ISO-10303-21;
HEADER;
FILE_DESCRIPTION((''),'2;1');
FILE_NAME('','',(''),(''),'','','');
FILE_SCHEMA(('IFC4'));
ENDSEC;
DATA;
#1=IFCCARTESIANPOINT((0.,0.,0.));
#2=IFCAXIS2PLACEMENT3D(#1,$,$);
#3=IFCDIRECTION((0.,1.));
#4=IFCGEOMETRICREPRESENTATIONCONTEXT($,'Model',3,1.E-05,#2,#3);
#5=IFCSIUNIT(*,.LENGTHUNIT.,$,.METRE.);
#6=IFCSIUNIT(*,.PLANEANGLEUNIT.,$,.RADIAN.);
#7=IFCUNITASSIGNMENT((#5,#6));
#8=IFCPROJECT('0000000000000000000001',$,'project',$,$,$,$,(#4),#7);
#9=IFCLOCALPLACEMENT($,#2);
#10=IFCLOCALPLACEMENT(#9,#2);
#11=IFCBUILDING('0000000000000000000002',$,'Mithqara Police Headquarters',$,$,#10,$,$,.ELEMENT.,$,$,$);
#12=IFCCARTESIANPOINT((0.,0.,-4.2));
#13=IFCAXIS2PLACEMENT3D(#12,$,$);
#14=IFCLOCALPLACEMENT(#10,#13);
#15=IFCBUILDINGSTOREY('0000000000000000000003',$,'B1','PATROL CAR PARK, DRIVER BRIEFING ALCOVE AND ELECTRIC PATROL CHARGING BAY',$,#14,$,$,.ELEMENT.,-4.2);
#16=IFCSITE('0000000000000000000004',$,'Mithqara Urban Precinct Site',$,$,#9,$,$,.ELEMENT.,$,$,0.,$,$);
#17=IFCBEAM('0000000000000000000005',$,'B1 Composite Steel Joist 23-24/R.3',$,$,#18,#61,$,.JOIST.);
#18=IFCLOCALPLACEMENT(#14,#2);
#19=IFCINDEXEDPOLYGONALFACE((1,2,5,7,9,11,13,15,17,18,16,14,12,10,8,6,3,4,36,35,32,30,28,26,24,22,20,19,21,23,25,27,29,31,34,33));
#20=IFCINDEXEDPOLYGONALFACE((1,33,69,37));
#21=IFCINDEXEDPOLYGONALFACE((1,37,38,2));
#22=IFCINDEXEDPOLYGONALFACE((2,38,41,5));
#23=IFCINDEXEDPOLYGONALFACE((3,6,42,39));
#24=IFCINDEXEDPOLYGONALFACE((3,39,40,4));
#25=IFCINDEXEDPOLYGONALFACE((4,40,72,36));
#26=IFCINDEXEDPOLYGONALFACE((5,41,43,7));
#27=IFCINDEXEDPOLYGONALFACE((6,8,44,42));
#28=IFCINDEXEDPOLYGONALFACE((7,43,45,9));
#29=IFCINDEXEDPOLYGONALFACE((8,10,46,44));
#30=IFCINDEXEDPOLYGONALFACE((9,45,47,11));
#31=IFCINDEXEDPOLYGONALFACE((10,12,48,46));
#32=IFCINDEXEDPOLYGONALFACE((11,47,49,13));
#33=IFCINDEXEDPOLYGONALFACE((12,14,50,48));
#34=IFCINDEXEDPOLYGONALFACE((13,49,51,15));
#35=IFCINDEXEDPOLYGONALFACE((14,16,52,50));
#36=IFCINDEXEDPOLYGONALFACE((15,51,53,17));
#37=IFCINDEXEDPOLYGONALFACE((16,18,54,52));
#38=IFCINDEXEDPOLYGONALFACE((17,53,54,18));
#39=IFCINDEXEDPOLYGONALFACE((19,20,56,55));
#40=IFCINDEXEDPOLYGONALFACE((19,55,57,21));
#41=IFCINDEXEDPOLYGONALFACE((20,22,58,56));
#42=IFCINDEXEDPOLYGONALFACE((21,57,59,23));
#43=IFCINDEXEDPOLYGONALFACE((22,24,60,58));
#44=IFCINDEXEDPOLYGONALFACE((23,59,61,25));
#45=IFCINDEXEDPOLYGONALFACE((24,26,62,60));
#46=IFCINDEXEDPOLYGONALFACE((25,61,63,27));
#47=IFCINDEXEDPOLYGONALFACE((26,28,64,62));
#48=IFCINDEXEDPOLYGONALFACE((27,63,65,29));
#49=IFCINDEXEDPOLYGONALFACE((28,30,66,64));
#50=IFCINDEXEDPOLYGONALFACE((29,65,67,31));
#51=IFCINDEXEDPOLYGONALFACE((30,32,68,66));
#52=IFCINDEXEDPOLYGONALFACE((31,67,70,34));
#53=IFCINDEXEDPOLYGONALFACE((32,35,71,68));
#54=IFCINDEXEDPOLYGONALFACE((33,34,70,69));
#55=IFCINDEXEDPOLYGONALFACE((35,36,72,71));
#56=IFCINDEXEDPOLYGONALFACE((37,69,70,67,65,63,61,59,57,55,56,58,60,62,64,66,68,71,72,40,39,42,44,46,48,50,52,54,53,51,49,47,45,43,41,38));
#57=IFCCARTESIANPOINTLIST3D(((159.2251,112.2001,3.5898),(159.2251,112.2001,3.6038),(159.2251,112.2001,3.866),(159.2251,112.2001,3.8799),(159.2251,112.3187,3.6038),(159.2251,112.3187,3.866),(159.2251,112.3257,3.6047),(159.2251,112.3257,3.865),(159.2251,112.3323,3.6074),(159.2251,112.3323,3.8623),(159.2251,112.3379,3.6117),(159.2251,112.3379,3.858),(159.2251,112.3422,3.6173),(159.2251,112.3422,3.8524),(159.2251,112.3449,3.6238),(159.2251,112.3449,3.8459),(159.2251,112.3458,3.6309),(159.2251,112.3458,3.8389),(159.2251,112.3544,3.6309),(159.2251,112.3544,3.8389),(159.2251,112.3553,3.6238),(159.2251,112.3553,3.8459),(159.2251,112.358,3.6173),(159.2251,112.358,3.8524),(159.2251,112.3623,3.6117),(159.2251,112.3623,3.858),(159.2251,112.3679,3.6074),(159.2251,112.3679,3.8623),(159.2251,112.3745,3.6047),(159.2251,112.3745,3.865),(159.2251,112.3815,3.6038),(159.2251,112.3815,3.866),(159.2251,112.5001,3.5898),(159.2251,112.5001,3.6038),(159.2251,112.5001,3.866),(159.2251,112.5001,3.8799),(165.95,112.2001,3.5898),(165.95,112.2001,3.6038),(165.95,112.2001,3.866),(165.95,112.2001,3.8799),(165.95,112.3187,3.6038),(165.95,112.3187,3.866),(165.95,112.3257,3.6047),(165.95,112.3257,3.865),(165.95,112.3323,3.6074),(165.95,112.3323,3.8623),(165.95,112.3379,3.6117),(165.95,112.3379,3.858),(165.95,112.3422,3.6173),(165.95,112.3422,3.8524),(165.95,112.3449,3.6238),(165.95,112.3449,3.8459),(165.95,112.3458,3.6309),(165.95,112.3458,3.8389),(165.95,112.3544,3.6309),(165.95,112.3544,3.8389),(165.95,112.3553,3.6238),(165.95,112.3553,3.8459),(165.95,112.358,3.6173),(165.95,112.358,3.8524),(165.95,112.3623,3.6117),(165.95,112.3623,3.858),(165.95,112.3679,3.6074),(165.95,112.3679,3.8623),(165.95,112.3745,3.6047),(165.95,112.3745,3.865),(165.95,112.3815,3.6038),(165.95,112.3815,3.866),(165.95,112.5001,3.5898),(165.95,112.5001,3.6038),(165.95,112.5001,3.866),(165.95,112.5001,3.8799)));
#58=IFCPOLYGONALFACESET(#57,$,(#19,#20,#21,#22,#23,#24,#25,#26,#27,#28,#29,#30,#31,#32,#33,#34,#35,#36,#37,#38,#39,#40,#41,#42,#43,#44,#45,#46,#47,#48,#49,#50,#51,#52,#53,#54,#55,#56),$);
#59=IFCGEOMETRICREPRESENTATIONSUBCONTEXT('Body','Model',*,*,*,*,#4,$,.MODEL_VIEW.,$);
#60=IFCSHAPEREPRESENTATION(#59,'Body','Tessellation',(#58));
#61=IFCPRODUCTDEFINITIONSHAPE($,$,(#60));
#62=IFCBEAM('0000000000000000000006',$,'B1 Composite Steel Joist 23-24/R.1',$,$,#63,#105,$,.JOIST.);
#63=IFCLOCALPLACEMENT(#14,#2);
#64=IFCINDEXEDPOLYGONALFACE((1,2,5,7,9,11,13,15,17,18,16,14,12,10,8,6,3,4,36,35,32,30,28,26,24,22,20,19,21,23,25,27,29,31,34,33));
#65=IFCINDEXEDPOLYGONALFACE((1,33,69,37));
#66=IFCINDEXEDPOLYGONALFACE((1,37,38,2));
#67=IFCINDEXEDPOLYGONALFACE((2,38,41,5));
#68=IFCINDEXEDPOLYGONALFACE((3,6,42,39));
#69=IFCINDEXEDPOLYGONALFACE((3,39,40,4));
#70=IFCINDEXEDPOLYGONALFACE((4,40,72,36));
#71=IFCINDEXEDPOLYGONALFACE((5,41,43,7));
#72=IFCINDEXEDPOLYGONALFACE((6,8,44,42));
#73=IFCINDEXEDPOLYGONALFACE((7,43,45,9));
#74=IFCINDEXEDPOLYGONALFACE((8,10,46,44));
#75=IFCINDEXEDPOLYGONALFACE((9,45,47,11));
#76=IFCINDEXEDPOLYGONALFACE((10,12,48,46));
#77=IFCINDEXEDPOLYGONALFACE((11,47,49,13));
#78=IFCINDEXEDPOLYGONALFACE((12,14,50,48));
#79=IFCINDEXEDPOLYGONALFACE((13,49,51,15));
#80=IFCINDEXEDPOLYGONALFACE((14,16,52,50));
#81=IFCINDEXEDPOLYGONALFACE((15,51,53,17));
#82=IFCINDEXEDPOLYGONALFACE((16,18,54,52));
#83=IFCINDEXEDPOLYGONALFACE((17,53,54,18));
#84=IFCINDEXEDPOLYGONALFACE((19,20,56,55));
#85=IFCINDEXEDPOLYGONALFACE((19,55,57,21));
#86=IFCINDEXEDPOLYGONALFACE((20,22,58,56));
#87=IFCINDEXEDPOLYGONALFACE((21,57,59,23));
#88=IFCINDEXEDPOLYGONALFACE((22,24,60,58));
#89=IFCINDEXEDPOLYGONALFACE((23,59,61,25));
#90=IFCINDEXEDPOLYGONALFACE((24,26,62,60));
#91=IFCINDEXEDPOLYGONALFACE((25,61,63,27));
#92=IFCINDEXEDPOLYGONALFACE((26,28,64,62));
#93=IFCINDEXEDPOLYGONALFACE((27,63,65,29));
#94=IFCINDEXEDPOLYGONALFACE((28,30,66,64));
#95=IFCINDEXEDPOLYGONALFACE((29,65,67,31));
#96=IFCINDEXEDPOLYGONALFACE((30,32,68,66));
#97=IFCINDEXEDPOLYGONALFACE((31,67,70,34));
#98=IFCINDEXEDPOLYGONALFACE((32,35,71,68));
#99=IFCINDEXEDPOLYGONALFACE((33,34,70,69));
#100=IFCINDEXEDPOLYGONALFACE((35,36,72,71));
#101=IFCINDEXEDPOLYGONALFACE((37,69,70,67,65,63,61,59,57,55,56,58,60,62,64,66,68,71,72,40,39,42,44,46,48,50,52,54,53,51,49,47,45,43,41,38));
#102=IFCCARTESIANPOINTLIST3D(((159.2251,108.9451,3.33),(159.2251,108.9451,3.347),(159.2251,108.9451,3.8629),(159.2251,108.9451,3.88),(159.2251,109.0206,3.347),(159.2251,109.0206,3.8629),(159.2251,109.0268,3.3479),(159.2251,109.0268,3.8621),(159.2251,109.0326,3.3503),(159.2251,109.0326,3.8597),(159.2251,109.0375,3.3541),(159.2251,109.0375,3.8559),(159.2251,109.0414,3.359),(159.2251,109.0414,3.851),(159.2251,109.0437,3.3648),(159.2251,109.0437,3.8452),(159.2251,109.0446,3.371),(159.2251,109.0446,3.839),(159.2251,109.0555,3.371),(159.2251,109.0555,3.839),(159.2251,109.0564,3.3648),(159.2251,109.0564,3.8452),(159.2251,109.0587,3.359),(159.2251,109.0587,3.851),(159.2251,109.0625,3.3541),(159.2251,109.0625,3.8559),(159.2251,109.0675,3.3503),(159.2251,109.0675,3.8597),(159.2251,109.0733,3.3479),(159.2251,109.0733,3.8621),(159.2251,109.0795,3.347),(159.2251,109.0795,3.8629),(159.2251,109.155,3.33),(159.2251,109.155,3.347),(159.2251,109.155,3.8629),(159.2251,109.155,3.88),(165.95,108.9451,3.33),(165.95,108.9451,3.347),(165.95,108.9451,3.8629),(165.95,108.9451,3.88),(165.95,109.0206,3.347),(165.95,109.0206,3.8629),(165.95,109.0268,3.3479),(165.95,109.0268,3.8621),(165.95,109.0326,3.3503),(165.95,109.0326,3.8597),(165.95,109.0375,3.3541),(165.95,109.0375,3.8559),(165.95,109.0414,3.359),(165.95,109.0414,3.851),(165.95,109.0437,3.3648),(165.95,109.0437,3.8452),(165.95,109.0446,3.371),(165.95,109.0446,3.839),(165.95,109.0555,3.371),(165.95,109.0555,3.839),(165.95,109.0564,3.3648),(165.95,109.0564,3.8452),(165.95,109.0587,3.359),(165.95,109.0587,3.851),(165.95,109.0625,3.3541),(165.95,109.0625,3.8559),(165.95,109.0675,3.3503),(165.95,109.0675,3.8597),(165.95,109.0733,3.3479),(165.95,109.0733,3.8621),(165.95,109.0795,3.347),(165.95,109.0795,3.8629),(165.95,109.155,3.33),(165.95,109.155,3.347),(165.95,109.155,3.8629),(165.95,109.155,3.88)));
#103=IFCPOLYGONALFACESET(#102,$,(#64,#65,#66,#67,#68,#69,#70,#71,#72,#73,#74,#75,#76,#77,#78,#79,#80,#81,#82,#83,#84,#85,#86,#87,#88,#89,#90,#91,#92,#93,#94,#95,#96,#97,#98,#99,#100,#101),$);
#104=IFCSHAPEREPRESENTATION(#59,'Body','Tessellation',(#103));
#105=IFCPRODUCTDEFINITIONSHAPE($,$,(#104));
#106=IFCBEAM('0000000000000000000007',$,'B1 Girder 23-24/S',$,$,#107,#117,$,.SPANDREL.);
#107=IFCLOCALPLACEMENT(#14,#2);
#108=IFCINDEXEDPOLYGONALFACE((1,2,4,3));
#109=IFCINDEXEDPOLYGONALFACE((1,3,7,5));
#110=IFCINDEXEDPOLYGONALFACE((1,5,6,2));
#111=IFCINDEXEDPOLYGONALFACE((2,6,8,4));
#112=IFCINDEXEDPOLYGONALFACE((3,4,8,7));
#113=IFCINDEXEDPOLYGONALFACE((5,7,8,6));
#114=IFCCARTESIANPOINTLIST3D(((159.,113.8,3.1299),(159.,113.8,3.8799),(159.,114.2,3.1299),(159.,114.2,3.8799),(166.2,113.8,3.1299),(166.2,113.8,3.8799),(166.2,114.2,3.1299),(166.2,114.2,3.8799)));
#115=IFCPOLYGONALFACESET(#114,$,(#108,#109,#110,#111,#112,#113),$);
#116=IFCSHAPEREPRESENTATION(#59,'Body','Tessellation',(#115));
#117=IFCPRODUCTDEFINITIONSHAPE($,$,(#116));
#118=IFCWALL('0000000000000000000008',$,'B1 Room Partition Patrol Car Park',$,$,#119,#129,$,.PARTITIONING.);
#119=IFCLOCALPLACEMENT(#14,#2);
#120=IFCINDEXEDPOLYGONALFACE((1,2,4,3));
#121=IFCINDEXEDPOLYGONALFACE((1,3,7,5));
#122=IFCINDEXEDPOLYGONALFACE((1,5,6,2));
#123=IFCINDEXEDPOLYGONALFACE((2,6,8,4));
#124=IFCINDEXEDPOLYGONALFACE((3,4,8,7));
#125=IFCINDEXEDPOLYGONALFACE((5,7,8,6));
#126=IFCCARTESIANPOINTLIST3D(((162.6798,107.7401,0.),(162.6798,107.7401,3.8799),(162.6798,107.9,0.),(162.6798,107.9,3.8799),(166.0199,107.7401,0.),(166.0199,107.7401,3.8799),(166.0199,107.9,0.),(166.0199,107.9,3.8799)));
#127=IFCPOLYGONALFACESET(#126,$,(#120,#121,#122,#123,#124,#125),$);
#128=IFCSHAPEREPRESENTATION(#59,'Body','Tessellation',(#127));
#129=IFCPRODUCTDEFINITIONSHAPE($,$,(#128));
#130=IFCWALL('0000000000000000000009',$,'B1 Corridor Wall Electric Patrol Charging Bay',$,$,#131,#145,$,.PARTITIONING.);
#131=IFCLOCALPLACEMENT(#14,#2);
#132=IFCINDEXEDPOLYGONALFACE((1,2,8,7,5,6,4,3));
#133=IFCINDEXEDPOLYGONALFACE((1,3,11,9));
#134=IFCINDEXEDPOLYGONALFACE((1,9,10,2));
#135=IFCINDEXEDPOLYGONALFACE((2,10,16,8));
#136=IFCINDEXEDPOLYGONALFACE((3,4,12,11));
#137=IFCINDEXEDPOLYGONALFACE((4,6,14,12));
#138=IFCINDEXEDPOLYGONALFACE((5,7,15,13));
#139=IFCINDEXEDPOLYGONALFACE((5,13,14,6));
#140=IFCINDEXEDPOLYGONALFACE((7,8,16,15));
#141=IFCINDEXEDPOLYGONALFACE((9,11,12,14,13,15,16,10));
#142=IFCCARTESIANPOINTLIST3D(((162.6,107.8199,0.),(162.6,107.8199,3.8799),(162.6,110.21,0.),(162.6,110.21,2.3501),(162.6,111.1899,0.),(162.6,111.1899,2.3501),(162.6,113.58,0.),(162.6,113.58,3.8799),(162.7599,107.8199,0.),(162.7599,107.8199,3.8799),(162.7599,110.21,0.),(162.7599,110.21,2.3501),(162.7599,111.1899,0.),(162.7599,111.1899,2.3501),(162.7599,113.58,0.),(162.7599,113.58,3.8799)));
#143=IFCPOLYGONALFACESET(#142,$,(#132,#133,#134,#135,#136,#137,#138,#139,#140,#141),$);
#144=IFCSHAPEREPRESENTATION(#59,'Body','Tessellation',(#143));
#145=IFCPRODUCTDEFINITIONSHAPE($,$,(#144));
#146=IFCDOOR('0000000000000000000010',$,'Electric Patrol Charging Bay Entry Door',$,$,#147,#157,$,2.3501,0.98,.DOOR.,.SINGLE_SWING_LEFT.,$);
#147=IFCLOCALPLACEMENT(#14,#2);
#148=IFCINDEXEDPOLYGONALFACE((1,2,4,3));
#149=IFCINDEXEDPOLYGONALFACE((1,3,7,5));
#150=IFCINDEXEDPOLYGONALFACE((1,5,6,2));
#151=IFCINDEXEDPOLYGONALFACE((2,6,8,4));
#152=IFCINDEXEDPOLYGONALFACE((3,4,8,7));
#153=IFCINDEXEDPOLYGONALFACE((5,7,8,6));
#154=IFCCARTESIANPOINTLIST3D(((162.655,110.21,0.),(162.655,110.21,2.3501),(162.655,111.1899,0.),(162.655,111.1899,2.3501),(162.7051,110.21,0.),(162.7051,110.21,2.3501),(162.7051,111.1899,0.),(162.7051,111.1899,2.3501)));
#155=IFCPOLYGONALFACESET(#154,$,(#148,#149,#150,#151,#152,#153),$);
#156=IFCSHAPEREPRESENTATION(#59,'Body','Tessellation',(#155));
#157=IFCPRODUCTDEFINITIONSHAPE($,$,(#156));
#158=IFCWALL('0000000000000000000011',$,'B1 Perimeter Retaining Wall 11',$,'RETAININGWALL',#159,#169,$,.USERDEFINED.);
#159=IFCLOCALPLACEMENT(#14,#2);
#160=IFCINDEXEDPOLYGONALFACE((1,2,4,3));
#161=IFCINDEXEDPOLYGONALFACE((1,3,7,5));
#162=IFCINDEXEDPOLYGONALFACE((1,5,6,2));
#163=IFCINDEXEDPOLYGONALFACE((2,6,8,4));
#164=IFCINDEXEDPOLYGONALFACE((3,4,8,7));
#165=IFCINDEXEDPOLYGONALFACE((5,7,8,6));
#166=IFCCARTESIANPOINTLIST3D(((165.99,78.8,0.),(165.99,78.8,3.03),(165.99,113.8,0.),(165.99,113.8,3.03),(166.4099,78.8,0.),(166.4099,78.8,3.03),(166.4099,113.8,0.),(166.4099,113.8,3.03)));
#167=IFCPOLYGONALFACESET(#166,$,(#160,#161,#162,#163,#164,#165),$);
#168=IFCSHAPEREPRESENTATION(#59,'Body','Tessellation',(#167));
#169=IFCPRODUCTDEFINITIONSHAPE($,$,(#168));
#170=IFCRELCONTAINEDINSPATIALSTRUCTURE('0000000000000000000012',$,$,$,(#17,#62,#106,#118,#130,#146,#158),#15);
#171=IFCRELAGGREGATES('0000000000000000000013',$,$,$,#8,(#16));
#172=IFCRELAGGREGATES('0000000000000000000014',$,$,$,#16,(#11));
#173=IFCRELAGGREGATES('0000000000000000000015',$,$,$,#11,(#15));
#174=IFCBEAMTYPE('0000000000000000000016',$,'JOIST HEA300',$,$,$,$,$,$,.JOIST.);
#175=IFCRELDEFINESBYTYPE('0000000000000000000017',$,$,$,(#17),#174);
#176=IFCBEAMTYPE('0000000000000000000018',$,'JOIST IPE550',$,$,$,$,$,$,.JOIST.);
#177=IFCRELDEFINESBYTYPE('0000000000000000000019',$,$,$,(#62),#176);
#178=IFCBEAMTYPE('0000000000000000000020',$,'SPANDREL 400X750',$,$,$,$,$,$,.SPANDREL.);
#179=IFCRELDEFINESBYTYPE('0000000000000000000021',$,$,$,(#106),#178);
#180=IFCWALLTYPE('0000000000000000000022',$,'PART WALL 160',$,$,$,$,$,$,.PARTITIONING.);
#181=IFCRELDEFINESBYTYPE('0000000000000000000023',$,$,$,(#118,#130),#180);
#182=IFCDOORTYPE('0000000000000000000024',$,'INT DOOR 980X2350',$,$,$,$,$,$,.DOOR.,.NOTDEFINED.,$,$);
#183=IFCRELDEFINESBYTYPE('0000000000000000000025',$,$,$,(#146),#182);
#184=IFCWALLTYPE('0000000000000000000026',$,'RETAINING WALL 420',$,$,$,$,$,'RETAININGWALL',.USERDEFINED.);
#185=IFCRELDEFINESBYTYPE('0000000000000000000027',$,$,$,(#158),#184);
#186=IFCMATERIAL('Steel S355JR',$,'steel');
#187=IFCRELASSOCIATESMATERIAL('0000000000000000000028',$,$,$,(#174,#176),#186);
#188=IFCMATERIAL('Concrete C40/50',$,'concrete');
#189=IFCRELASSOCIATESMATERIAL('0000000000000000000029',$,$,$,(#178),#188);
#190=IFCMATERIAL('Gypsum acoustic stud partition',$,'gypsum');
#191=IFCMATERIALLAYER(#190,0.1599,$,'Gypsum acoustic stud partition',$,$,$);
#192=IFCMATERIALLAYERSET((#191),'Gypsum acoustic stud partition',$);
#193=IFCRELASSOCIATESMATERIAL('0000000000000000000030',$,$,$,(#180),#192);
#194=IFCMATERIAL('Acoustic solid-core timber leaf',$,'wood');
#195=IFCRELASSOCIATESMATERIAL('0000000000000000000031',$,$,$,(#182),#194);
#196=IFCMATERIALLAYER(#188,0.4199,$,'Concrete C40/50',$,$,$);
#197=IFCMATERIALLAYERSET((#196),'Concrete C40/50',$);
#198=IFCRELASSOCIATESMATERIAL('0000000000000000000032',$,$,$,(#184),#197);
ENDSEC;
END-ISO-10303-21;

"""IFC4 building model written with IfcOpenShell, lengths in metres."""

from ifc_helpers import new_model, si_unit, direction, frame, frame_2d, origin, origin_2d, place, context, subcontext, project, spatial, rectangle, i_section, extrude, material, layer, layer_set, material_profile, profile_set, type_object, element, fill, save


model = new_model("IFC4")

# Units and contexts
model_context = context("Model", 3, precision=1e-05, world=origin(), true_north=direction((0.0, 1.0)))
body_context = subcontext(model_context, "Body", "Model", "MODEL_VIEW")
ifc_project = project(units=[si_unit("LENGTHUNIT", "METRE"), si_unit("PLANEANGLEUNIT", "RADIAN")], contexts=[model_context])

# Site, building, storey
site_placement = place(None, origin())
site = spatial("IfcSite", under=ifc_project, at=site_placement, Name="Mithqara Urban Precinct Site", CompositionType="ELEMENT", RefElevation=0.0)
building_placement = place(site_placement, origin())
building = spatial("IfcBuilding", under=site, at=building_placement, Name="Mithqara Police Headquarters", CompositionType="ELEMENT")
storey_placement = place(building_placement, frame((0.0, 0.0, -4.2)))
storey = spatial("IfcBuildingStorey", under=building, at=storey_placement, Name="B1", Description="PATROL CAR PARK, DRIVER BRIEFING ALCOVE AND ELECTRIC PATROL CHARGING BAY", CompositionType="ELEMENT", Elevation=-4.2)

# Shared definitions
ifc_material_1 = material(Name="Concrete C40/50", Category="concrete")

# Beams
ifc_material_2 = material(Name="Steel S355JR", Category="steel")
ifc_material_profile_1 = material_profile(ifc_material_2, i_section(OverallWidth=0.3, OverallDepth=0.29, WebThickness=0.0085, FlangeThickness=0.0139, FilletRadius=0.0271, at=origin_2d()), Name="HEA 300")
ifc_profile_set_1 = profile_set([ifc_material_profile_1], Name="Steel S355JR")
beam_type_1 = type_object("IfcBeamType", Name="JOIST HEA300", PredefinedType="JOIST", material=ifc_profile_set_1)
beam_1_placement = place(storey_placement, frame((159.2251, 112.3501, 3.7349), z_axis=(1.0, 0.0, 0.0), x_axis=(0.0, 1.0, 0.0)))
element("IfcBeam", 1, at=beam_1_placement, inside=storey, type_object=beam_type_1, Name="B1 Composite Steel Joist 23-24/R.3", PredefinedType="JOIST", context=body_context, shape_type="SweptSolid", body=[
    extrude(i_section(OverallWidth=0.3, OverallDepth=0.29, WebThickness=0.0085, FlangeThickness=0.0139, FilletRadius=0.0271, at=origin_2d()), origin(), (0.0, 0.0, 1.0), 6.7249),
])
ifc_material_profile_2 = material_profile(ifc_material_2, i_section(OverallWidth=0.21, OverallDepth=0.55, WebThickness=0.011, FlangeThickness=0.0171, FilletRadius=0.0239, at=origin_2d()), Name="IPE 550")
ifc_profile_set_2 = profile_set([ifc_material_profile_2], Name="Steel S355JR")
beam_type_2 = type_object("IfcBeamType", Name="JOIST IPE550", PredefinedType="JOIST", material=ifc_profile_set_2)
beam_2_placement = place(storey_placement, frame((159.2251, 109.05, 3.605), z_axis=(1.0, 0.0, 0.0), x_axis=(0.0, 1.0, 0.0)))
element("IfcBeam", 2, at=beam_2_placement, inside=storey, type_object=beam_type_2, Name="B1 Composite Steel Joist 23-24/R.1", PredefinedType="JOIST", context=body_context, shape_type="SweptSolid", body=[
    extrude(i_section(OverallWidth=0.21, OverallDepth=0.55, WebThickness=0.011, FlangeThickness=0.0171, FilletRadius=0.0239, at=origin_2d()), origin(), (0.0, 0.0, 1.0), 6.7249),
])
ifc_material_profile_3 = material_profile(ifc_material_1, rectangle(XDim=0.3999, YDim=0.75, at=origin_2d()), Name="SPB 400x750")
ifc_profile_set_3 = profile_set([ifc_material_profile_3], Name="Concrete C40/50")
beam_type_3 = type_object("IfcBeamType", Name="SPANDREL 400X750", PredefinedType="SPANDREL", material=ifc_profile_set_3)
beam_3_placement = place(storey_placement, frame((159.0, 114.0, 3.5049), z_axis=(1.0, 0.0, 0.0), x_axis=(0.0, 1.0, 0.0)))
element("IfcBeam", 3, at=beam_3_placement, inside=storey, type_object=beam_type_3, Name="B1 Girder 23-24/S", PredefinedType="SPANDREL", context=body_context, shape_type="SweptSolid", body=[
    extrude(rectangle(XDim=0.3999, YDim=0.75, at=origin_2d()), origin(), (0.0, 0.0, 1.0), 7.2),
])

# Wall
ifc_material_3 = material(Name="Gypsum acoustic stud partition", Category="gypsum")
ifc_layer_1 = layer(ifc_material_3, 0.1599, Name="Gypsum acoustic stud partition")
ifc_layer_set_1 = layer_set([ifc_layer_1], Name="Gypsum acoustic stud partition")
wall_type_1 = type_object("IfcWallType", Name="PART WALL 160", PredefinedType="PARTITIONING", material=ifc_layer_set_1)
wall_1_placement = place(storey_placement, frame((162.6799, 107.8201, 0.0), z_axis=(0.0, 0.0, 1.0), x_axis=(1.0, 0.0, 0.0)))
element("IfcWall", 4, at=wall_1_placement, inside=storey, type_object=wall_type_1, Name="B1 Room Partition Patrol Car Park", PredefinedType="PARTITIONING", context=body_context, shape_type="SweptSolid", body=[
    extrude(rectangle(XDim=3.3401, YDim=0.1599, at=frame_2d((1.6699, 0.0))), origin(), (0.0, 0.0, 1.0), 3.8799),
])

# Wall, opening, door
wall_2_placement = place(storey_placement, frame((162.6799, 107.8201, 0.0), z_axis=(0.0, 0.0, 1.0), x_axis=(0.0, 1.0, 0.0)))
wall_2 = element("IfcWall", 5, at=wall_2_placement, inside=storey, type_object=wall_type_1, Name="B1 Corridor Wall Electric Patrol Charging Bay", PredefinedType="PARTITIONING", context=body_context, shape_type="SweptSolid", body=[
    extrude(rectangle(XDim=5.76, YDim=0.1599, at=frame_2d((2.8799, 0.0))), origin(), (0.0, 0.0, 1.0), 3.8799),
])
opening_placement = place(wall_2_placement, frame((2.3899, 0.0, 0.0)))
opening = element("IfcOpeningElement", 6, at=opening_placement, cuts=wall_2, PredefinedType="OPENING", context=body_context, shape_type="SweptSolid", body=[
    extrude(rectangle(XDim=0.98, YDim=2.3501, at=frame_2d((0.49, 1.175))), frame((0.0, 0.0898, 0.0), z_axis=(0.0, -1.0, 0.0), x_axis=(1.0, 0.0, 0.0)), (0.0, 0.0, 1.0), 0.1799),
])
ifc_material_4 = material(Name="Acoustic solid-core timber leaf", Category="wood")
door_type = type_object("IfcDoorType", Name="INT DOOR 980X2350", OperationType="NOTDEFINED", PredefinedType="DOOR", material=ifc_material_4)
door_placement = place(opening_placement, origin())
door = element("IfcDoor", 7, at=door_placement, inside=storey, type_object=door_type, Name="Electric Patrol Charging Bay Entry Door", OperationType="SINGLE_SWING_LEFT", OverallHeight=2.3501, OverallWidth=0.98, PredefinedType="DOOR", context=body_context, shape_type="SweptSolid", body=[
    extrude(rectangle(XDim=0.98, YDim=2.3501, at=frame_2d((0.49, 1.175))), frame((0.0, 0.0249, 0.0), z_axis=(0.0, -1.0, 0.0), x_axis=(1.0, 0.0, 0.0)), (0.0, 0.0, 1.0), 0.05),
])
fill(opening, door)

# Wall
ifc_layer_2 = layer(ifc_material_1, 0.4199, Name="Concrete C40/50")
ifc_layer_set_2 = layer_set([ifc_layer_2], Name="Concrete C40/50")
wall_type_2 = type_object("IfcWallType", Name="RETAINING WALL 420", ElementType="RETAININGWALL", PredefinedType="USERDEFINED", material=ifc_layer_set_2)
wall_3_placement = place(storey_placement, frame((166.2, 113.8, 0.0), z_axis=(0.0, 0.0, 1.0), x_axis=(0.0, -1.0, 0.0)))
element("IfcWall", 8, at=wall_3_placement, inside=storey, type_object=wall_type_2, Name="B1 Perimeter Retaining Wall 11", ObjectType="RETAININGWALL", PredefinedType="USERDEFINED", context=body_context, shape_type="SweptSolid", body=[
    extrude(rectangle(XDim=35.0, YDim=0.4199, at=frame_2d((17.5, 0.0))), origin(), (0.0, 0.0, 1.0), 3.03),
])

save(model, "model.ifc")
